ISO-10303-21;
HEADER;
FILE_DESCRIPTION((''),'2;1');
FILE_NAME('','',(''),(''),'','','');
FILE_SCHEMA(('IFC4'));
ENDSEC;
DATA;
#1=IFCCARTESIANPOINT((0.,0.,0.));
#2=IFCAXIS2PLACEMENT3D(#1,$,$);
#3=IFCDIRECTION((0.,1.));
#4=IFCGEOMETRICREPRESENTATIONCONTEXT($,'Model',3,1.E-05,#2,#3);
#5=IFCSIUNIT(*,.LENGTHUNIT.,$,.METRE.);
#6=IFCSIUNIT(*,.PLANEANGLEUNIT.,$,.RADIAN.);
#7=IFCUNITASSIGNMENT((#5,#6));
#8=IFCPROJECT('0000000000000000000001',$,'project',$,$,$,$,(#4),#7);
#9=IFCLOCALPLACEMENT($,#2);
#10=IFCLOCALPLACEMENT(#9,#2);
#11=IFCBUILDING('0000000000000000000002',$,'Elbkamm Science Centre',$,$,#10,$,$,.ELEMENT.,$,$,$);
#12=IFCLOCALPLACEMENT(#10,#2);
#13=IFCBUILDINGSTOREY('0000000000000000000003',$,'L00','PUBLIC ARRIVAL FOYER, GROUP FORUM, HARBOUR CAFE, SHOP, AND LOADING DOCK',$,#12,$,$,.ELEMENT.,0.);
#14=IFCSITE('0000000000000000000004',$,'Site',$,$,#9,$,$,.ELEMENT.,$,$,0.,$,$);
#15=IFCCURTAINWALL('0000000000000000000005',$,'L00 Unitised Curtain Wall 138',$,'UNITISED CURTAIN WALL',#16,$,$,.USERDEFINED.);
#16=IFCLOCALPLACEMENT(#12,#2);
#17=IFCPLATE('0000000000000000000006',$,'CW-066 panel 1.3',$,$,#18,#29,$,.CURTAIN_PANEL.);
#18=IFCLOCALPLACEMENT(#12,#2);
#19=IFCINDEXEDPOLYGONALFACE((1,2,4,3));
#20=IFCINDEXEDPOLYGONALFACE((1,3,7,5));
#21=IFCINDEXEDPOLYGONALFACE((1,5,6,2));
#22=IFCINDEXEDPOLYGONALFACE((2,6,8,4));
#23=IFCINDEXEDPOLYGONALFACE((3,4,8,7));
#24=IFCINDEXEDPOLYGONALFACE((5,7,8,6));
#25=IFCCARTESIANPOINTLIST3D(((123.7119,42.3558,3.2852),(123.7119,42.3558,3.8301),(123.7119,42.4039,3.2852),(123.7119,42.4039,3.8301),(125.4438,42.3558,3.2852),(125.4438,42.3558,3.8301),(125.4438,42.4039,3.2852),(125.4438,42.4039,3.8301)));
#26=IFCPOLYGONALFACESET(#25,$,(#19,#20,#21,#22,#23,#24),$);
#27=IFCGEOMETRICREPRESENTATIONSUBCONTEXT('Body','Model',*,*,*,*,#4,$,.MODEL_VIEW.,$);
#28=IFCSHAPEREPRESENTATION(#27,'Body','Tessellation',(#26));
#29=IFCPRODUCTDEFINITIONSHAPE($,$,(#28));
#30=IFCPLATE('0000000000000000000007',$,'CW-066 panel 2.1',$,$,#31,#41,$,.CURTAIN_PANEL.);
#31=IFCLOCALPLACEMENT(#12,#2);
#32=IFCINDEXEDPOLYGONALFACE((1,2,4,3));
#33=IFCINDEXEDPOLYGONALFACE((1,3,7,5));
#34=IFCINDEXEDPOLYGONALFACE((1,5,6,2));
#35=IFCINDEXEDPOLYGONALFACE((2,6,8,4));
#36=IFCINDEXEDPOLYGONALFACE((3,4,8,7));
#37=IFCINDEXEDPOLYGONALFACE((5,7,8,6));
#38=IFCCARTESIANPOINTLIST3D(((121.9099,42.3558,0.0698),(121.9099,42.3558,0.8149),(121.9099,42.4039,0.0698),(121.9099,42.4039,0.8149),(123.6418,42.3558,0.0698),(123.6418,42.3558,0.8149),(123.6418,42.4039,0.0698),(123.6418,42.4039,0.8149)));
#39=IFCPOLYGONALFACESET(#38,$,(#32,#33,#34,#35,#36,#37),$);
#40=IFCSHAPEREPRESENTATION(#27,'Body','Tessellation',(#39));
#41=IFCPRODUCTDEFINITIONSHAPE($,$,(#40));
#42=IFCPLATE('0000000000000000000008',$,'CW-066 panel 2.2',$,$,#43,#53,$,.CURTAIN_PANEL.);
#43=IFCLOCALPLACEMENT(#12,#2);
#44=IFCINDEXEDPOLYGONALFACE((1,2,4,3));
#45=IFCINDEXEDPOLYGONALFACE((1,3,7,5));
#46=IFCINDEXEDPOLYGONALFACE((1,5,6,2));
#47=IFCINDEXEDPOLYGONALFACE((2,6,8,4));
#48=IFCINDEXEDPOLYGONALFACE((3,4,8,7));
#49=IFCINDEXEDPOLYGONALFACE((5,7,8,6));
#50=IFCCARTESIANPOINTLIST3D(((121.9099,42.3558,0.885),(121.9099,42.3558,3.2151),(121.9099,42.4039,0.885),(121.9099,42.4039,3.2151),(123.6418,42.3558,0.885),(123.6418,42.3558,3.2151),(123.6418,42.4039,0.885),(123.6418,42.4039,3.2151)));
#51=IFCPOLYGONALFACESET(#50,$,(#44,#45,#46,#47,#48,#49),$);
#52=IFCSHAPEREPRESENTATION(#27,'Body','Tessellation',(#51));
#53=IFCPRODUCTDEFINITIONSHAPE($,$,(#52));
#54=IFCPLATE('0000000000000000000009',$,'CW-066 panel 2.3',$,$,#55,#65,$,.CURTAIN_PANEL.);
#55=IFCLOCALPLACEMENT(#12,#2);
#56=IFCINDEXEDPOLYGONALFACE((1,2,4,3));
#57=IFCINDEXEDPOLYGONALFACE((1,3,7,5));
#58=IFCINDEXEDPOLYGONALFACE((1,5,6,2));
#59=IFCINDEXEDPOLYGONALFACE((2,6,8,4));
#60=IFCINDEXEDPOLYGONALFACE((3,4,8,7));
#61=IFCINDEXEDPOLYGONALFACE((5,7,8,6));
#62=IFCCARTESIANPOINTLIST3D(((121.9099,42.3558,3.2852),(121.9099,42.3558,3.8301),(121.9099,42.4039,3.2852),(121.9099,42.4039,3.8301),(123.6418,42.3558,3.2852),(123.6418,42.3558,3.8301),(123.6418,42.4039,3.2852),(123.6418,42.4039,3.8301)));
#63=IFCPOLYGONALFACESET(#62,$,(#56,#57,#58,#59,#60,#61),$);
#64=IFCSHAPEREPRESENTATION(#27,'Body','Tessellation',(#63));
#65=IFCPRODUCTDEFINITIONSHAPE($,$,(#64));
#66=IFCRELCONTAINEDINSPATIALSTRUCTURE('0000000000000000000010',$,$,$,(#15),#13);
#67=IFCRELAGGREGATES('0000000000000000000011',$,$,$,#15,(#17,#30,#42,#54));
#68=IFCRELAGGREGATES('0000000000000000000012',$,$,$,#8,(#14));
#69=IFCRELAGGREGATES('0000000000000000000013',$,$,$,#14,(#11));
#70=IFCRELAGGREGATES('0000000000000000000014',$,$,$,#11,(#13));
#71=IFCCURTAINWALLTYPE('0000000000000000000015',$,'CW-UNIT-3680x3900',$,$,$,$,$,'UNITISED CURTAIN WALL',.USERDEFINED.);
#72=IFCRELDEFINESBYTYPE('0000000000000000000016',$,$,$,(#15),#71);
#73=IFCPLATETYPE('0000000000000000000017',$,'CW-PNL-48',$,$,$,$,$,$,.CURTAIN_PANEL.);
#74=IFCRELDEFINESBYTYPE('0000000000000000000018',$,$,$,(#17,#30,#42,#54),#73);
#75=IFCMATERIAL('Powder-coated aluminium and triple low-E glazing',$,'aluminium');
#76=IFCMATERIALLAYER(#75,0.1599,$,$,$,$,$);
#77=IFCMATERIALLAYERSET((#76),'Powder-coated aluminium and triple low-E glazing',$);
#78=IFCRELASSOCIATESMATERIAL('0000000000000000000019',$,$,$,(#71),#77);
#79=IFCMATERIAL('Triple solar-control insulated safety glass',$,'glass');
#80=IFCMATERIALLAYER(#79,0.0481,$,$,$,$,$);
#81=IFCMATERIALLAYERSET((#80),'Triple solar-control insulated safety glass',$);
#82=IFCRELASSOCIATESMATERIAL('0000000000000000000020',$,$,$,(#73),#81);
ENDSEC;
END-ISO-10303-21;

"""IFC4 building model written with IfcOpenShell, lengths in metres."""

from ifc_helpers import new_model, si_unit, direction, frame, origin, origin_2d, place, context, subcontext, project, spatial, rectangle, extrude, material, layer, layer_set, type_object, element, aggregate, save


model = new_model("IFC4")

# Units and contexts
model_context = context("Model", 3, precision=1e-05, world=origin(), true_north=direction((0.0, 1.0)))
body_context = subcontext(model_context, "Body", "Model", "MODEL_VIEW")
ifc_project = project(units=[si_unit("LENGTHUNIT", "METRE"), si_unit("PLANEANGLEUNIT", "RADIAN")], contexts=[model_context])

# Site, building, storey
site_placement = place(None, origin())
site = spatial("IfcSite", under=ifc_project, at=site_placement, Name="Site", CompositionType="ELEMENT", RefElevation=0.0)
building_placement = place(site_placement, origin())
building = spatial("IfcBuilding", under=site, at=building_placement, Name="Elbkamm Science Centre", CompositionType="ELEMENT")
storey_placement = place(building_placement, origin())
storey = spatial("IfcBuildingStorey", under=building, at=storey_placement, Name="L00", Description="PUBLIC ARRIVAL FOYER, GROUP FORUM, HARBOUR CAFE, SHOP, AND LOADING DOCK", CompositionType="ELEMENT", Elevation=0.0)

# Shared definitions
ifc_material_1 = material(Name="Powder-coated aluminium and triple low-E glazing", Category="aluminium")

# Curtain wall
ifc_layer_1 = layer(ifc_material_1, 0.1599)
ifc_layer_set_1 = layer_set([ifc_layer_1], Name="Powder-coated aluminium and triple low-E glazing")
curtain_wall_type_1 = type_object("IfcCurtainWallType", Name="CW-UNIT-3680x3900", ElementType="UNITISED CURTAIN WALL", PredefinedType="USERDEFINED", material=ifc_layer_set_1)
curtain_wall_1_placement = place(storey_placement, origin())
curtain_wall_1 = element("IfcCurtainWall", 1, at=curtain_wall_1_placement, inside=storey, type_object=curtain_wall_type_1, Name="L00 Unitised Curtain Wall 138", ObjectType="UNITISED CURTAIN WALL", PredefinedType="USERDEFINED")

# Plates
ifc_material_2 = material(Name="Triple solar-control insulated safety glass", Category="glass")
ifc_layer_2 = layer(ifc_material_2, 0.0481)
ifc_layer_set_2 = layer_set([ifc_layer_2], Name="Triple solar-control insulated safety glass")
plate_type = type_object("IfcPlateType", Name="CW-PNL-48", PredefinedType="CURTAIN_PANEL", material=ifc_layer_set_2)
plate_1_placement = place(storey_placement, frame((124.5779, 42.3799, 3.2852), z_axis=(0.0, 0.0, 1.0), x_axis=(-1.0, 0.0, 0.0)))
plate_1 = element("IfcPlate", 2, at=plate_1_placement, type_object=plate_type, Name="CW-066 panel 1.3", PredefinedType="CURTAIN_PANEL", context=body_context, shape_type="SweptSolid", body=[
    extrude(rectangle(XDim=1.7319, YDim=0.0481, at=origin_2d()), origin(), (0.0, 0.0, 1.0), 0.5449),
])
plate_2_placement = place(storey_placement, frame((122.7759, 42.3799, 0.0698), z_axis=(0.0, 0.0, 1.0), x_axis=(-1.0, 0.0, 0.0)))
plate_2 = element("IfcPlate", 3, at=plate_2_placement, type_object=plate_type, Name="CW-066 panel 2.1", PredefinedType="CURTAIN_PANEL", context=body_context, shape_type="SweptSolid", body=[
    extrude(rectangle(XDim=1.7319, YDim=0.0481, at=origin_2d()), origin(), (0.0, 0.0, 1.0), 0.7451),
])
plate_3_placement = place(storey_placement, frame((122.7759, 42.3799, 0.885), z_axis=(0.0, 0.0, 1.0), x_axis=(-1.0, 0.0, 0.0)))
plate_3 = element("IfcPlate", 4, at=plate_3_placement, type_object=plate_type, Name="CW-066 panel 2.2", PredefinedType="CURTAIN_PANEL", context=body_context, shape_type="SweptSolid", body=[
    extrude(rectangle(XDim=1.7319, YDim=0.0481, at=origin_2d()), origin(), (0.0, 0.0, 1.0), 2.3301),
])
plate_4_placement = place(storey_placement, frame((122.7759, 42.3799, 3.2852), z_axis=(0.0, 0.0, 1.0), x_axis=(-1.0, 0.0, 0.0)))
plate_4 = element("IfcPlate", 5, at=plate_4_placement, type_object=plate_type, Name="CW-066 panel 2.3", PredefinedType="CURTAIN_PANEL", context=body_context, shape_type="SweptSolid", body=[
    extrude(rectangle(XDim=1.7319, YDim=0.0481, at=origin_2d()), origin(), (0.0, 0.0, 1.0), 0.5449),
])
aggregate(curtain_wall_1, [plate_1, plate_2, plate_3, plate_4])

save(model, "model.ifc")
